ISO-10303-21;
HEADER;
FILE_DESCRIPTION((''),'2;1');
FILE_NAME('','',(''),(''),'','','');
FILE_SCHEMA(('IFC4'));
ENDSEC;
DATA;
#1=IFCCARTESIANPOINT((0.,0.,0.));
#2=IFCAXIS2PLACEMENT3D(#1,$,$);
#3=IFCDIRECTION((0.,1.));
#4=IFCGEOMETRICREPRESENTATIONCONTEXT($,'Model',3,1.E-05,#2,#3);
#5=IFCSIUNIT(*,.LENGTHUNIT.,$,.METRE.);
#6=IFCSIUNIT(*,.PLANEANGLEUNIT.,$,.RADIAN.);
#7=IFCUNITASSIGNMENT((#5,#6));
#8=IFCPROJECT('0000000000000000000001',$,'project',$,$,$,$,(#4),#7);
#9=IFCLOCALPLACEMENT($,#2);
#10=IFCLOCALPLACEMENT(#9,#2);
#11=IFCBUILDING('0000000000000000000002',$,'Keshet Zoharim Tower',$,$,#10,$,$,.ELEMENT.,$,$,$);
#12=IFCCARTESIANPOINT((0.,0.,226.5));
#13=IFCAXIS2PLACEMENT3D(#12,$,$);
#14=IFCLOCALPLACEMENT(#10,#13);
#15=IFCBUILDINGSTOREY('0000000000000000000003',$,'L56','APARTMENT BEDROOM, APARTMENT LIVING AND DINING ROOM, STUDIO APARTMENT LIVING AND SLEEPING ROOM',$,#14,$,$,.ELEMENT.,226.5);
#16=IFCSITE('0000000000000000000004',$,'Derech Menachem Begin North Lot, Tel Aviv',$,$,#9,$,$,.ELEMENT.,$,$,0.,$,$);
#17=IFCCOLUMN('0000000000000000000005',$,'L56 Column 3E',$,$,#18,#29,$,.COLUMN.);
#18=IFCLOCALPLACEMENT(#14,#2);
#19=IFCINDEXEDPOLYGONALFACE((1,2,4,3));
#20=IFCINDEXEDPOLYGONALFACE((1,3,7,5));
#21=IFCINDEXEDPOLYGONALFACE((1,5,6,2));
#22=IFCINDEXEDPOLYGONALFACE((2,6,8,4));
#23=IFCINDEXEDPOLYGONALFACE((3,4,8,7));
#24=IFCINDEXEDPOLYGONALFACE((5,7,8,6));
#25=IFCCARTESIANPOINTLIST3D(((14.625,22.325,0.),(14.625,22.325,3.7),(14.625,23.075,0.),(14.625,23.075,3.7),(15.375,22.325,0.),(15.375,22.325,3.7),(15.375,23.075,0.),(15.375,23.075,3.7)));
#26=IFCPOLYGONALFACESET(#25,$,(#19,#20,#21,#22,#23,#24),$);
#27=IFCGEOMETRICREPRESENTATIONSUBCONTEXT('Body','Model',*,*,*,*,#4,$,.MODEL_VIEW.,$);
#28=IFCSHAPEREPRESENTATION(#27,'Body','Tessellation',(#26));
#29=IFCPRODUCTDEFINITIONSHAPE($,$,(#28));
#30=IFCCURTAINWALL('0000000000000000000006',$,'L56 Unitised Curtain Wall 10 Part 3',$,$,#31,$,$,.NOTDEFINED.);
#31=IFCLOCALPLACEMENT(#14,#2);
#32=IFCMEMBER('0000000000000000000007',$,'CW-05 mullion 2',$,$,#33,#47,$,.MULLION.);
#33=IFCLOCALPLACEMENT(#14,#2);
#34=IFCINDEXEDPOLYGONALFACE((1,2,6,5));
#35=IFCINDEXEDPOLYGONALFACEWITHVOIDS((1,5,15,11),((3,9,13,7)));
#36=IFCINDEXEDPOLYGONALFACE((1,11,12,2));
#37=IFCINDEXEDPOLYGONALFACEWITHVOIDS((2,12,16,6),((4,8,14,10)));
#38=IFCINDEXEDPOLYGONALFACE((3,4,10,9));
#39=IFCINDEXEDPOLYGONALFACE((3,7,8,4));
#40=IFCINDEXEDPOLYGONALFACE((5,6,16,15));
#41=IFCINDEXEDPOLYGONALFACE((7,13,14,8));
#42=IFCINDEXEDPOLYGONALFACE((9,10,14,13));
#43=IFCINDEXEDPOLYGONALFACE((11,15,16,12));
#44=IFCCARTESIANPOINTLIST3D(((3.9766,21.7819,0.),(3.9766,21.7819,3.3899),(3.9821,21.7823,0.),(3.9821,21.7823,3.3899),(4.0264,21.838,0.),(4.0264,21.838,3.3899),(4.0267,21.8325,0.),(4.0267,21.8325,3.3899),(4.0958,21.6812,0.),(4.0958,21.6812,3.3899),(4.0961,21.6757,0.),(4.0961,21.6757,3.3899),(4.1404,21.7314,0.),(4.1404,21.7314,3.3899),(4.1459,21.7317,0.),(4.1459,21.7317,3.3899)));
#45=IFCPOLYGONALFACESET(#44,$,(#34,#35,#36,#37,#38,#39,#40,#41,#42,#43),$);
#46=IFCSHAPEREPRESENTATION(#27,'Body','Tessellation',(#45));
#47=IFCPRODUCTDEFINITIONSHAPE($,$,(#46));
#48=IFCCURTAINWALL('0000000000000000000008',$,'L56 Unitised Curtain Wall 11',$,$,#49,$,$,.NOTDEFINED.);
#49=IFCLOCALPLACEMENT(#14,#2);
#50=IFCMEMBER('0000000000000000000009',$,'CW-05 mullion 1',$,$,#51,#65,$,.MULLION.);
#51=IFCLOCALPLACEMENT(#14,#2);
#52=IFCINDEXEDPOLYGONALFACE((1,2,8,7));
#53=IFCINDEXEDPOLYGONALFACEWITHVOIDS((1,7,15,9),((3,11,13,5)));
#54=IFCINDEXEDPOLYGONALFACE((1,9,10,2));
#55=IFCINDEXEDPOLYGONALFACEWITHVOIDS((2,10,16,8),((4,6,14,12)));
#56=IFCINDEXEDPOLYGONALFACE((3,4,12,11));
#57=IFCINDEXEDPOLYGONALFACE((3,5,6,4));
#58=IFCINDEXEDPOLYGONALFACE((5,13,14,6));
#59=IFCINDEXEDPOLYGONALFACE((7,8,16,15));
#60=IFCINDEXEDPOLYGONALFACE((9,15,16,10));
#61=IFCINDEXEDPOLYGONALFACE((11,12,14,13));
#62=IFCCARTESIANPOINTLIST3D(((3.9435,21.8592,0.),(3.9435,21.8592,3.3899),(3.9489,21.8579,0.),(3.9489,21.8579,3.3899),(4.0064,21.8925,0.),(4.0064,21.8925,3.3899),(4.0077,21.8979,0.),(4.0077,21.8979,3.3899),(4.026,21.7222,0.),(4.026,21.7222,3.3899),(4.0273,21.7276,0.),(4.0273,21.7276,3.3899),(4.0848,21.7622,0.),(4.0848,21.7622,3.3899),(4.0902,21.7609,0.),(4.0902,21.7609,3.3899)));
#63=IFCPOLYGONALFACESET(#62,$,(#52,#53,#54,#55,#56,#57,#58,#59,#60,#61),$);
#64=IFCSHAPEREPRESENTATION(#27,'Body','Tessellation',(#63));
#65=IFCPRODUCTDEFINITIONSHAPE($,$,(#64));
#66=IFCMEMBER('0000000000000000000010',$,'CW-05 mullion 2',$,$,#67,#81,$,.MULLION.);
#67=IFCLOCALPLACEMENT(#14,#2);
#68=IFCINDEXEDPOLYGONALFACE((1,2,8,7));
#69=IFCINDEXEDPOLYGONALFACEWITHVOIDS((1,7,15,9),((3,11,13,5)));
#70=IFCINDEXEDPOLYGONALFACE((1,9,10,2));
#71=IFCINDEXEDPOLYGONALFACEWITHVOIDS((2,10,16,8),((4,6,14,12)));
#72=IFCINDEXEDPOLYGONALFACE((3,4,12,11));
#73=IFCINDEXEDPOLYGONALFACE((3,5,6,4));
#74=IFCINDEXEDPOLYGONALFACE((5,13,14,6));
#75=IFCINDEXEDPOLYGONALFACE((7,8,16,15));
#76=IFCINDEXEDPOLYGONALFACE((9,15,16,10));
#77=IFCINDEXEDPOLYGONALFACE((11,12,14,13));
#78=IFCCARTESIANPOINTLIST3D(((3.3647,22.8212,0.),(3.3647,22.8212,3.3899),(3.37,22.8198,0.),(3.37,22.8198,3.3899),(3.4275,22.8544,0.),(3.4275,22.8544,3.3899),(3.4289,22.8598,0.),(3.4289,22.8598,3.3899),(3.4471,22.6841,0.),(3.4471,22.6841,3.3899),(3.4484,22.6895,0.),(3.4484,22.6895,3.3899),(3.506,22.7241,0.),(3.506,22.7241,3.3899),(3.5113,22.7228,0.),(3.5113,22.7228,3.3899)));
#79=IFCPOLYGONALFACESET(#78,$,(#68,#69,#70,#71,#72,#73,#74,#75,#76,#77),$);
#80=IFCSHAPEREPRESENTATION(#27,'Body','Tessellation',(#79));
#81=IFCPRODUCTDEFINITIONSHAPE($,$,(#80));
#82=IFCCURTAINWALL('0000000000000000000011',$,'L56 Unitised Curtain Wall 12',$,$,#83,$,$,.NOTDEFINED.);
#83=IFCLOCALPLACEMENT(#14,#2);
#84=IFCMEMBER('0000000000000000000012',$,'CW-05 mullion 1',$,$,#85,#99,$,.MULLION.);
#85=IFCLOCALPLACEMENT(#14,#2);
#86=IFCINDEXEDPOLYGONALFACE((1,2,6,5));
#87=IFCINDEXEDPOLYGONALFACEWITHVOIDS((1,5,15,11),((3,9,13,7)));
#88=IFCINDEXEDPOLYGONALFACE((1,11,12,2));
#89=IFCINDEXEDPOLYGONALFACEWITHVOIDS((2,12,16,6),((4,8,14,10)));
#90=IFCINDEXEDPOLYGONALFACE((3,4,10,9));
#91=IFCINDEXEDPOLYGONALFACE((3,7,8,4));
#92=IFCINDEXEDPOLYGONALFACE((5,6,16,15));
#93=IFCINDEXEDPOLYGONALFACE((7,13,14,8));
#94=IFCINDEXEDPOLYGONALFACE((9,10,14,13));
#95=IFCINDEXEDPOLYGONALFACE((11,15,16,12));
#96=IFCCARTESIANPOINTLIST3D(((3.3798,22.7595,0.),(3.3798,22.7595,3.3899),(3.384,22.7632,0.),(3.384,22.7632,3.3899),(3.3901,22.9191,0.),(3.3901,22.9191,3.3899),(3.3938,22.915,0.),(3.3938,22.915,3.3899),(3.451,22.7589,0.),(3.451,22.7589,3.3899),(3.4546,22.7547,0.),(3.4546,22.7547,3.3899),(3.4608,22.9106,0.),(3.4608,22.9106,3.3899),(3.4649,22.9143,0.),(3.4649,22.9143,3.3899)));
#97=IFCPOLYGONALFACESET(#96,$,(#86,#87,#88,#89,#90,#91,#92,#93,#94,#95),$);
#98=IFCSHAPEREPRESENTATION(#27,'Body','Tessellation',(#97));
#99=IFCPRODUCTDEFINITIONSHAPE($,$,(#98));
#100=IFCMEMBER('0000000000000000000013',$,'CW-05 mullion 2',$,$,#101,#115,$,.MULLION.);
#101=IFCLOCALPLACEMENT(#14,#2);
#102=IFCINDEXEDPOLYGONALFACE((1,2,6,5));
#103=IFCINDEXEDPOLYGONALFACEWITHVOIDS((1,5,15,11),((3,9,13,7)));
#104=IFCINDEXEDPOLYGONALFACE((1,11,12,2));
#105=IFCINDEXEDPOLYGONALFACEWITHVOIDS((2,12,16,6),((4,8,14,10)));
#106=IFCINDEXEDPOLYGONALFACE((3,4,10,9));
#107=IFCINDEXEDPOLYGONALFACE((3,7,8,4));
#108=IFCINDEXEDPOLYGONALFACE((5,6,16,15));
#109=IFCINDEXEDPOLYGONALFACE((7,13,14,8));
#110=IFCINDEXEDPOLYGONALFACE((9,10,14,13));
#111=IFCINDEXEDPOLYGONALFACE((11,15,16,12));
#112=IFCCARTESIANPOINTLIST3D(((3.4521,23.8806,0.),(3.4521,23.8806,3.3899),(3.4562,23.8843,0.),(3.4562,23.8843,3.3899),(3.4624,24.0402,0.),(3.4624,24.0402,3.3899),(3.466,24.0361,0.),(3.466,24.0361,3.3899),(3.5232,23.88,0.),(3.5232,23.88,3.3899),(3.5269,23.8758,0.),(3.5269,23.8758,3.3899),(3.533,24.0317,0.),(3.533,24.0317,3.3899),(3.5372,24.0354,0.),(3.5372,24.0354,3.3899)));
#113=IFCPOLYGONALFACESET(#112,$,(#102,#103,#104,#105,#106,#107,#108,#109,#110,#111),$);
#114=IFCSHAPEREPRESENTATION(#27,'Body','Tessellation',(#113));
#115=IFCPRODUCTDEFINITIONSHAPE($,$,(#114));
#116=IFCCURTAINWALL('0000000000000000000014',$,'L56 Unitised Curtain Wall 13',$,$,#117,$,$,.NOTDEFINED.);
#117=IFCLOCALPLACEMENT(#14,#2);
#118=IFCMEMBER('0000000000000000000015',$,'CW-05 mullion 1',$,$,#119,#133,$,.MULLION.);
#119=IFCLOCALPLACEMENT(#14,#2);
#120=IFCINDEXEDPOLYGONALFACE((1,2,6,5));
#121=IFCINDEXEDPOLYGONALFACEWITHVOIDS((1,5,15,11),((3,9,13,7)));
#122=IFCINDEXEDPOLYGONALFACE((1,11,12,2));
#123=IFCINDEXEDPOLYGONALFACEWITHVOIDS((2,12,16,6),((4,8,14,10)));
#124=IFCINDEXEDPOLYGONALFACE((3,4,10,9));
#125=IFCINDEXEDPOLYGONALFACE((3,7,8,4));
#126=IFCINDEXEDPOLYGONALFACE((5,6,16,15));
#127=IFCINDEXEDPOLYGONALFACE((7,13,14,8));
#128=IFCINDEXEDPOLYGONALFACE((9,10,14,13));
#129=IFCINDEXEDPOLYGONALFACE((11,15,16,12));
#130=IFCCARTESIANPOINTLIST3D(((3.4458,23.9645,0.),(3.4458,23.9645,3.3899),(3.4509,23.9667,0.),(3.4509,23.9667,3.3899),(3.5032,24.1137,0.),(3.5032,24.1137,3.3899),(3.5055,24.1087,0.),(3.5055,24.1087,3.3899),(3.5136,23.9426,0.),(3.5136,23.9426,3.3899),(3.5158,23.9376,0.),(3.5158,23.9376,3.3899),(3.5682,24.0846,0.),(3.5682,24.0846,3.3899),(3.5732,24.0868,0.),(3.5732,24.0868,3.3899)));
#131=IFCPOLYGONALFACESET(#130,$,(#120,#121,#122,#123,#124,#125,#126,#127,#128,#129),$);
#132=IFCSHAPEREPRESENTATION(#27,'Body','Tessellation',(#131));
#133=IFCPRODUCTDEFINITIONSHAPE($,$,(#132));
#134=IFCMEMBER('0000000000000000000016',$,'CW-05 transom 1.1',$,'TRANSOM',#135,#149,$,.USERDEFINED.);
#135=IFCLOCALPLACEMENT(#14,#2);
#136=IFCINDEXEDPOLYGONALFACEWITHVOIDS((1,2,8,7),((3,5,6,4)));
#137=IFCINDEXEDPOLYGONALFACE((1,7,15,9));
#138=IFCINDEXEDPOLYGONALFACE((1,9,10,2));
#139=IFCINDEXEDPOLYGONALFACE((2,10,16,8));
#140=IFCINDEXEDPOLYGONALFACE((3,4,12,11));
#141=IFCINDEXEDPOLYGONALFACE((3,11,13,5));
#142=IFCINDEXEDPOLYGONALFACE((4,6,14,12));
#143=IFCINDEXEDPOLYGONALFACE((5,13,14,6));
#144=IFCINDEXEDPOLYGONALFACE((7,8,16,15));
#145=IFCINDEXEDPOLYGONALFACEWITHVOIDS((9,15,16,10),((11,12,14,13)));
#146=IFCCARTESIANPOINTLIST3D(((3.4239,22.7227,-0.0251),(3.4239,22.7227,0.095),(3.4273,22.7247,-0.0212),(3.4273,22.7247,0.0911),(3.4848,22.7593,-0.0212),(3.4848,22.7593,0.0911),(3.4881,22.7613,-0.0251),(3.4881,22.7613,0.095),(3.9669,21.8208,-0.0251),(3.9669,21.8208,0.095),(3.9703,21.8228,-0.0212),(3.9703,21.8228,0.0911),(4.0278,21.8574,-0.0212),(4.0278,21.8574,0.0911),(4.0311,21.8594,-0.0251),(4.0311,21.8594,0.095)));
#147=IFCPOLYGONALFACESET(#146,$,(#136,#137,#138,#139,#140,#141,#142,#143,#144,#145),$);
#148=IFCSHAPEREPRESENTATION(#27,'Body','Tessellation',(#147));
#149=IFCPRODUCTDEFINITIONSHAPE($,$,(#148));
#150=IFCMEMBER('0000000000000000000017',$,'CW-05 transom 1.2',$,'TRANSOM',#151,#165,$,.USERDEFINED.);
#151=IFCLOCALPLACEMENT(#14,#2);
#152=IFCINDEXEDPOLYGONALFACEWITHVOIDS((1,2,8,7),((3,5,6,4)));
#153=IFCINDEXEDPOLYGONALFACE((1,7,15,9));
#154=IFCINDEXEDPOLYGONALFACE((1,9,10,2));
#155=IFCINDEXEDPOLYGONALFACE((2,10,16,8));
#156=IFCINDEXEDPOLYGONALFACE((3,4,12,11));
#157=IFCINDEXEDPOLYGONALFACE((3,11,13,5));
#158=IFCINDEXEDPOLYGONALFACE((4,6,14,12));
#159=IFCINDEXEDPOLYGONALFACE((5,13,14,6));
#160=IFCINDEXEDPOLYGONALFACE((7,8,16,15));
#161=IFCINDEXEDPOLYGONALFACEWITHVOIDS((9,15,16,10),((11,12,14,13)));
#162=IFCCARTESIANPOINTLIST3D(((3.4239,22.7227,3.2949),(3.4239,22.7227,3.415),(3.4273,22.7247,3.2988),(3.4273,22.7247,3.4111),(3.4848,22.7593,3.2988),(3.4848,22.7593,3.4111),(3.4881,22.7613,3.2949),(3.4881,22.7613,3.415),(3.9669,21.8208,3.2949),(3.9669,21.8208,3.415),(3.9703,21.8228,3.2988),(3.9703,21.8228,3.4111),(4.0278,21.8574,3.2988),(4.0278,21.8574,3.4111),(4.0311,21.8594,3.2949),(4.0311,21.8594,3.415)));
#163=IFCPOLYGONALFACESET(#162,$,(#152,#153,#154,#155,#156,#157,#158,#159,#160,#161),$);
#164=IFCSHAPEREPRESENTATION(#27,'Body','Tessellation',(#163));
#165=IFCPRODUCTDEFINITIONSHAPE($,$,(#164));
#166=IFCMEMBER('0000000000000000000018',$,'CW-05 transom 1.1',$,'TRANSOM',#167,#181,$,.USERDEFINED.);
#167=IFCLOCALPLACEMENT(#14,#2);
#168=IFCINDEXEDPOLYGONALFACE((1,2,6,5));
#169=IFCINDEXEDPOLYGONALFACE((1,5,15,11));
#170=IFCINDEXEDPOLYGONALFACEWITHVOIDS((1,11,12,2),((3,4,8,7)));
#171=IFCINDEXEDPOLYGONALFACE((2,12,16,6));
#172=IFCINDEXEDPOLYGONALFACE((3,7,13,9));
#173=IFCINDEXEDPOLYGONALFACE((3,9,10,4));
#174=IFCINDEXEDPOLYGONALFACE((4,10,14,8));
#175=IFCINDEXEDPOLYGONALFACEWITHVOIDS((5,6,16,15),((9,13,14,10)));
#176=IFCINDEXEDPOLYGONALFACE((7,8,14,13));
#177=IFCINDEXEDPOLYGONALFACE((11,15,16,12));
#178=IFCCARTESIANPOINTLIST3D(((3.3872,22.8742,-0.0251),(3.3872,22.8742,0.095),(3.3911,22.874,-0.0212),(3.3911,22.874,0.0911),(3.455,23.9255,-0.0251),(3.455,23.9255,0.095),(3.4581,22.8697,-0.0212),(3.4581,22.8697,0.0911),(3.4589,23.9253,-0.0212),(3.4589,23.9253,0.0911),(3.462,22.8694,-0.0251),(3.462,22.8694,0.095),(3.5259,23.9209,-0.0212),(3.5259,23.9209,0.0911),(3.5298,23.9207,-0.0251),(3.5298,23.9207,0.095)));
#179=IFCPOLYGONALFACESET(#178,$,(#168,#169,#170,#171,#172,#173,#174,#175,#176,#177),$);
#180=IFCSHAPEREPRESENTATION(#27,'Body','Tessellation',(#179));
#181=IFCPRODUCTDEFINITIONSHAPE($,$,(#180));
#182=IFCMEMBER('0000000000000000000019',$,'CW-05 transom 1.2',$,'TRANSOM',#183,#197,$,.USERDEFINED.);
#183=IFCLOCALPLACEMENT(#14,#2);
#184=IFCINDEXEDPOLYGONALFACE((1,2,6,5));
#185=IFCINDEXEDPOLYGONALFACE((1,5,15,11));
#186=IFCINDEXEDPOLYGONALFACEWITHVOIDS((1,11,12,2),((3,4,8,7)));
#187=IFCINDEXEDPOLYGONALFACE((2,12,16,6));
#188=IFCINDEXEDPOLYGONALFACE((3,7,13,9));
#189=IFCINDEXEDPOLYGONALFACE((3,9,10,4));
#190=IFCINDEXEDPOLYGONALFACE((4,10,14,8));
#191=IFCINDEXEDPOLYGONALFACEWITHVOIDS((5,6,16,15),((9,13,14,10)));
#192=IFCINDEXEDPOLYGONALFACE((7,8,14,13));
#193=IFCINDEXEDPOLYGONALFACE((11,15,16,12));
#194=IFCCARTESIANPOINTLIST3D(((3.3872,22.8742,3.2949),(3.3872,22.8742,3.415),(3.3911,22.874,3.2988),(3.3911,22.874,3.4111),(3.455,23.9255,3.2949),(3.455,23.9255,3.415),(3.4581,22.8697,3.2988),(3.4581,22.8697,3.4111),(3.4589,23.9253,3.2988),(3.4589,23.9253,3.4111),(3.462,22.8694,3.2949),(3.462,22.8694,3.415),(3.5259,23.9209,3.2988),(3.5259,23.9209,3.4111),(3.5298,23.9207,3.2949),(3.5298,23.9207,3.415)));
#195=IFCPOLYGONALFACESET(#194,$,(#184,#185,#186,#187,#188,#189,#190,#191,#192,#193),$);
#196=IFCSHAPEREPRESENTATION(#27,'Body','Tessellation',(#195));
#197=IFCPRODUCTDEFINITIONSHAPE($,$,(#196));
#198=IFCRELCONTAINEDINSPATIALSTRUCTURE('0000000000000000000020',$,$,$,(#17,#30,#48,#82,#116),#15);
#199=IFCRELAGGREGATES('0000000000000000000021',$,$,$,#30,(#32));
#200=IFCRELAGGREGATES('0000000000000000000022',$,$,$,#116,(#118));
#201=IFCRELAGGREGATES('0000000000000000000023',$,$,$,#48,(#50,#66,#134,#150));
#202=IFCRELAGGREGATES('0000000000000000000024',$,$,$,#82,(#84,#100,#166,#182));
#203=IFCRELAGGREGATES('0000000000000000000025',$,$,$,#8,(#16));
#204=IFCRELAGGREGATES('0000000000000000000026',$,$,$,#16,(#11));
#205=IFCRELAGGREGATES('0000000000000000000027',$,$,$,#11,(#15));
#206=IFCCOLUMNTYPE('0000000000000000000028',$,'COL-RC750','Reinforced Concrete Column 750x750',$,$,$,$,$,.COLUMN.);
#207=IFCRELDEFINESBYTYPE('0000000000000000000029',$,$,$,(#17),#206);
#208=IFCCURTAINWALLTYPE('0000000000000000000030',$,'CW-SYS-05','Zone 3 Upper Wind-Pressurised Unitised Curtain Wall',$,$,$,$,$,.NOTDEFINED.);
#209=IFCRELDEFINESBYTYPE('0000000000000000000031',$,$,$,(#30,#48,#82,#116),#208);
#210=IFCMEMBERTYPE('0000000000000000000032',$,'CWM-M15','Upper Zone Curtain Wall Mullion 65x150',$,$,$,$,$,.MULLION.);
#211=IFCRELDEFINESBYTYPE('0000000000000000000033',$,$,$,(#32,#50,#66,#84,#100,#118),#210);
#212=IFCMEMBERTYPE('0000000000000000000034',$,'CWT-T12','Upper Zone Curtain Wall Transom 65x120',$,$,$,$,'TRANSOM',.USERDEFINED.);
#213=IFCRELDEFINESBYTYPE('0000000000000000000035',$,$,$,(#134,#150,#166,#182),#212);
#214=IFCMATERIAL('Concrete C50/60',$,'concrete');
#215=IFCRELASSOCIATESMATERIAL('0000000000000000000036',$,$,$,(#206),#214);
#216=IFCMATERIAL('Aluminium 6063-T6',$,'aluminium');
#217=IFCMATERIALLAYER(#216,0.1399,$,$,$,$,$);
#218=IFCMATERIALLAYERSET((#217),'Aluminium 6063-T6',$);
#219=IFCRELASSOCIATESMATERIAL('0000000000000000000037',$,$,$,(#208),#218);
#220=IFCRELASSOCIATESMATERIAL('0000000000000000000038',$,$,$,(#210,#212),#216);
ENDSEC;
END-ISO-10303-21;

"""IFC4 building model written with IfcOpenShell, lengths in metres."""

from ifc_helpers import new_model, si_unit, direction, frame, origin, origin_2d, place, context, subcontext, project, spatial, rectangle, hollow_rectangle, extrude, material, layer, layer_set, material_profile, profile_set, type_object, element, aggregate, save


model = new_model("IFC4")

# Units and contexts
model_context = context("Model", 3, precision=1e-05, world=origin(), true_north=direction((0.0, 1.0)))
body_context = subcontext(model_context, "Body", "Model", "MODEL_VIEW")
ifc_project = project(units=[si_unit("LENGTHUNIT", "METRE"), si_unit("PLANEANGLEUNIT", "RADIAN")], contexts=[model_context])

# Site, building, storey
site_placement = place(None, origin())
site = spatial("IfcSite", under=ifc_project, at=site_placement, Name="Derech Menachem Begin North Lot, Tel Aviv", CompositionType="ELEMENT", RefElevation=0.0)
building_placement = place(site_placement, origin())
building = spatial("IfcBuilding", under=site, at=building_placement, Name="Keshet Zoharim Tower", CompositionType="ELEMENT")
storey_placement = place(building_placement, frame((0.0, 0.0, 226.5)))
storey = spatial("IfcBuildingStorey", under=building, at=storey_placement, Name="L56", Description="APARTMENT BEDROOM, APARTMENT LIVING AND DINING ROOM, STUDIO APARTMENT LIVING AND SLEEPING ROOM", CompositionType="ELEMENT", Elevation=226.5)

# Column
ifc_material_1 = material(Name="Concrete C50/60", Category="concrete")
ifc_material_profile_1 = material_profile(ifc_material_1, rectangle(XDim=0.75, YDim=0.75, at=origin_2d()), Name="RC750x750")
ifc_profile_set_1 = profile_set([ifc_material_profile_1], Name="Concrete C50/60")
column_type = type_object("IfcColumnType", Name="COL-RC750", Description="Reinforced Concrete Column 750x750", PredefinedType="COLUMN", material=ifc_profile_set_1)
column_placement = place(storey_placement, frame((15.0, 22.7, 0.0), z_axis=(0.0, 0.0, 1.0), x_axis=(1.0, 0.0, 0.0)))
element("IfcColumn", 1, at=column_placement, inside=storey, type_object=column_type, Name="L56 Column 3E", PredefinedType="COLUMN", context=body_context, shape_type="SweptSolid", body=[
    extrude(rectangle(XDim=0.75, YDim=0.75, at=origin_2d()), origin(), (0.0, 0.0, 1.0), 3.7),
])

# Curtain wall, member
ifc_material_2 = material(Name="Aluminium 6063-T6", Category="aluminium")
ifc_layer_1 = layer(ifc_material_2, 0.1399)
ifc_layer_set_1 = layer_set([ifc_layer_1], Name="Aluminium 6063-T6")
curtain_wall_type = type_object("IfcCurtainWallType", Name="CW-SYS-05", Description="Zone 3 Upper Wind-Pressurised Unitised Curtain Wall", PredefinedType="NOTDEFINED", material=ifc_layer_set_1)
curtain_wall_1_placement = place(storey_placement, origin())
curtain_wall_1 = element("IfcCurtainWall", 2, at=curtain_wall_1_placement, inside=storey, type_object=curtain_wall_type, Name="L56 Unitised Curtain Wall 10 Part 3", PredefinedType="NOTDEFINED")
ifc_material_profile_2 = material_profile(ifc_material_2, hollow_rectangle(XDim=0.075, YDim=0.1599, WallThickness=0.0039, at=origin_2d()), Name="MUL-75x160")
ifc_profile_set_2 = profile_set([ifc_material_profile_2], Name="Aluminium 6063-T6")
member_type_1 = type_object("IfcMemberType", Name="CWM-M15", Description="Upper Zone Curtain Wall Mullion 65x150", PredefinedType="MULLION", material=ifc_profile_set_2)
member_1_placement = place(storey_placement, frame((4.0613, 21.7568, 0.0), z_axis=(0.0, 0.0, 1.0), x_axis=(-0.664364, -0.747409, 0.0)))
member_1 = element("IfcMember", 3, at=member_1_placement, type_object=member_type_1, Name="CW-05 mullion 2", PredefinedType="MULLION", context=body_context, shape_type="SweptSolid", body=[
    extrude(hollow_rectangle(XDim=0.075, YDim=0.1599, WallThickness=0.0039, at=origin_2d()), origin(), (0.0, 0.0, 1.0), 3.3899),
])
aggregate(curtain_wall_1, [member_1])

# Curtain walls, members
curtain_wall_2_placement = place(storey_placement, origin())
curtain_wall_2 = element("IfcCurtainWall", 4, at=curtain_wall_2_placement, inside=storey, type_object=curtain_wall_type, Name="L56 Unitised Curtain Wall 11", PredefinedType="NOTDEFINED")
member_2_placement = place(storey_placement, frame((4.0168, 21.8101, 0.0), z_axis=(0.0, 0.0, 1.0), x_axis=(-0.856826, -0.515605, 0.0)))
member_2 = element("IfcMember", 5, at=member_2_placement, type_object=member_type_1, Name="CW-05 mullion 1", PredefinedType="MULLION", context=body_context, shape_type="SweptSolid", body=[
    extrude(hollow_rectangle(XDim=0.075, YDim=0.1599, WallThickness=0.0039, at=origin_2d()), origin(), (0.0, 0.0, 1.0), 3.3899),
])
member_3_placement = place(storey_placement, frame((3.438, 22.772, 0.0), z_axis=(0.0, 0.0, 1.0), x_axis=(-0.856826, -0.515605, 0.0)))
member_3 = element("IfcMember", 6, at=member_3_placement, type_object=member_type_1, Name="CW-05 mullion 2", PredefinedType="MULLION", context=body_context, shape_type="SweptSolid", body=[
    extrude(hollow_rectangle(XDim=0.075, YDim=0.1599, WallThickness=0.0039, at=origin_2d()), origin(), (0.0, 0.0, 1.0), 3.3899),
])
curtain_wall_3_placement = place(storey_placement, origin())
curtain_wall_3 = element("IfcCurtainWall", 7, at=curtain_wall_3_placement, inside=storey, type_object=curtain_wall_type, Name="L56 Unitised Curtain Wall 12", PredefinedType="NOTDEFINED")
member_4_placement = place(storey_placement, frame((3.4224, 22.8369, 0.0), z_axis=(0.0, 0.0, 1.0), x_axis=(-0.997917, 0.064517, 0.0)))
member_4 = element("IfcMember", 8, at=member_4_placement, type_object=member_type_1, Name="CW-05 mullion 1", PredefinedType="MULLION", context=body_context, shape_type="SweptSolid", body=[
    extrude(hollow_rectangle(XDim=0.075, YDim=0.1599, WallThickness=0.0039, at=origin_2d()), origin(), (0.0, 0.0, 1.0), 3.3899),
])
member_5_placement = place(storey_placement, frame((3.4946, 23.958, 0.0), z_axis=(0.0, 0.0, 1.0), x_axis=(-0.997917, 0.064517, 0.0)))
member_5 = element("IfcMember", 9, at=member_5_placement, type_object=member_type_1, Name="CW-05 mullion 2", PredefinedType="MULLION", context=body_context, shape_type="SweptSolid", body=[
    extrude(hollow_rectangle(XDim=0.075, YDim=0.1599, WallThickness=0.0039, at=origin_2d()), origin(), (0.0, 0.0, 1.0), 3.3899),
])

# Curtain wall, member
curtain_wall_4_placement = place(storey_placement, origin())
curtain_wall_4 = element("IfcCurtainWall", 10, at=curtain_wall_4_placement, inside=storey, type_object=curtain_wall_type, Name="L56 Unitised Curtain Wall 13", PredefinedType="NOTDEFINED")
member_6_placement = place(storey_placement, frame((3.5095, 24.0256, 0.0), z_axis=(0.0, 0.0, 1.0), x_axis=(-0.933341, 0.35899, 0.0)))
member_6 = element("IfcMember", 11, at=member_6_placement, type_object=member_type_1, Name="CW-05 mullion 1", PredefinedType="MULLION", context=body_context, shape_type="SweptSolid", body=[
    extrude(hollow_rectangle(XDim=0.075, YDim=0.1599, WallThickness=0.0039, at=origin_2d()), origin(), (0.0, 0.0, 1.0), 3.3899),
])

# Members
ifc_material_profile_3 = material_profile(ifc_material_2, hollow_rectangle(XDim=0.075, YDim=0.1201, WallThickness=0.0039, at=origin_2d()), Name="TRN-75x120")
ifc_profile_set_3 = profile_set([ifc_material_profile_3], Name="Aluminium 6063-T6")
member_type_2 = type_object("IfcMemberType", Name="CWT-T12", Description="Upper Zone Curtain Wall Transom 65x120", ElementType="TRANSOM", PredefinedType="USERDEFINED", material=ifc_profile_set_3)
member_7_placement = place(storey_placement, frame((3.999, 21.8401, 0.0349), z_axis=(-0.515791, 0.856714, 0.0), x_axis=(-0.856714, -0.515791, 0.0)))
member_7 = element("IfcMember", 12, at=member_7_placement, type_object=member_type_2, Name="CW-05 transom 1.1", ObjectType="TRANSOM", PredefinedType="USERDEFINED", context=body_context, shape_type="SweptSolid", body=[
    extrude(hollow_rectangle(XDim=0.075, YDim=0.1201, WallThickness=0.0039, at=origin_2d()), origin(), (0.0, 0.0, 1.0), 1.0527),
])
member_8_placement = place(storey_placement, frame((3.999, 21.8401, 3.355), z_axis=(-0.515791, 0.856714, 0.0), x_axis=(-0.856714, -0.515791, 0.0)))
member_8 = element("IfcMember", 13, at=member_8_placement, type_object=member_type_2, Name="CW-05 transom 1.2", ObjectType="TRANSOM", PredefinedType="USERDEFINED", context=body_context, shape_type="SweptSolid", body=[
    extrude(hollow_rectangle(XDim=0.075, YDim=0.1201, WallThickness=0.0039, at=origin_2d()), origin(), (0.0, 0.0, 1.0), 1.0527),
])
member_9_placement = place(storey_placement, frame((3.4246, 22.8718, 0.0349), z_axis=(0.064427, 0.997922, 0.0), x_axis=(-0.997922, 0.064427, 0.0)))
member_9 = element("IfcMember", 14, at=member_9_placement, type_object=member_type_2, Name="CW-05 transom 1.1", ObjectType="TRANSOM", PredefinedType="USERDEFINED", context=body_context, shape_type="SweptSolid", body=[
    extrude(hollow_rectangle(XDim=0.075, YDim=0.1201, WallThickness=0.0039, at=origin_2d()), origin(), (0.0, 0.0, 1.0), 1.0535),
])
member_10_placement = place(storey_placement, frame((3.4246, 22.8718, 3.355), z_axis=(0.064427, 0.997922, 0.0), x_axis=(-0.997922, 0.064427, 0.0)))
member_10 = element("IfcMember", 15, at=member_10_placement, type_object=member_type_2, Name="CW-05 transom 1.2", ObjectType="TRANSOM", PredefinedType="USERDEFINED", context=body_context, shape_type="SweptSolid", body=[
    extrude(hollow_rectangle(XDim=0.075, YDim=0.1201, WallThickness=0.0039, at=origin_2d()), origin(), (0.0, 0.0, 1.0), 1.0535),
])
aggregate(curtain_wall_4, [member_6])

aggregate(curtain_wall_2, [member_2, member_3, member_7, member_8])
aggregate(curtain_wall_3, [member_4, member_5, member_9, member_10])

save(model, "model.ifc")
